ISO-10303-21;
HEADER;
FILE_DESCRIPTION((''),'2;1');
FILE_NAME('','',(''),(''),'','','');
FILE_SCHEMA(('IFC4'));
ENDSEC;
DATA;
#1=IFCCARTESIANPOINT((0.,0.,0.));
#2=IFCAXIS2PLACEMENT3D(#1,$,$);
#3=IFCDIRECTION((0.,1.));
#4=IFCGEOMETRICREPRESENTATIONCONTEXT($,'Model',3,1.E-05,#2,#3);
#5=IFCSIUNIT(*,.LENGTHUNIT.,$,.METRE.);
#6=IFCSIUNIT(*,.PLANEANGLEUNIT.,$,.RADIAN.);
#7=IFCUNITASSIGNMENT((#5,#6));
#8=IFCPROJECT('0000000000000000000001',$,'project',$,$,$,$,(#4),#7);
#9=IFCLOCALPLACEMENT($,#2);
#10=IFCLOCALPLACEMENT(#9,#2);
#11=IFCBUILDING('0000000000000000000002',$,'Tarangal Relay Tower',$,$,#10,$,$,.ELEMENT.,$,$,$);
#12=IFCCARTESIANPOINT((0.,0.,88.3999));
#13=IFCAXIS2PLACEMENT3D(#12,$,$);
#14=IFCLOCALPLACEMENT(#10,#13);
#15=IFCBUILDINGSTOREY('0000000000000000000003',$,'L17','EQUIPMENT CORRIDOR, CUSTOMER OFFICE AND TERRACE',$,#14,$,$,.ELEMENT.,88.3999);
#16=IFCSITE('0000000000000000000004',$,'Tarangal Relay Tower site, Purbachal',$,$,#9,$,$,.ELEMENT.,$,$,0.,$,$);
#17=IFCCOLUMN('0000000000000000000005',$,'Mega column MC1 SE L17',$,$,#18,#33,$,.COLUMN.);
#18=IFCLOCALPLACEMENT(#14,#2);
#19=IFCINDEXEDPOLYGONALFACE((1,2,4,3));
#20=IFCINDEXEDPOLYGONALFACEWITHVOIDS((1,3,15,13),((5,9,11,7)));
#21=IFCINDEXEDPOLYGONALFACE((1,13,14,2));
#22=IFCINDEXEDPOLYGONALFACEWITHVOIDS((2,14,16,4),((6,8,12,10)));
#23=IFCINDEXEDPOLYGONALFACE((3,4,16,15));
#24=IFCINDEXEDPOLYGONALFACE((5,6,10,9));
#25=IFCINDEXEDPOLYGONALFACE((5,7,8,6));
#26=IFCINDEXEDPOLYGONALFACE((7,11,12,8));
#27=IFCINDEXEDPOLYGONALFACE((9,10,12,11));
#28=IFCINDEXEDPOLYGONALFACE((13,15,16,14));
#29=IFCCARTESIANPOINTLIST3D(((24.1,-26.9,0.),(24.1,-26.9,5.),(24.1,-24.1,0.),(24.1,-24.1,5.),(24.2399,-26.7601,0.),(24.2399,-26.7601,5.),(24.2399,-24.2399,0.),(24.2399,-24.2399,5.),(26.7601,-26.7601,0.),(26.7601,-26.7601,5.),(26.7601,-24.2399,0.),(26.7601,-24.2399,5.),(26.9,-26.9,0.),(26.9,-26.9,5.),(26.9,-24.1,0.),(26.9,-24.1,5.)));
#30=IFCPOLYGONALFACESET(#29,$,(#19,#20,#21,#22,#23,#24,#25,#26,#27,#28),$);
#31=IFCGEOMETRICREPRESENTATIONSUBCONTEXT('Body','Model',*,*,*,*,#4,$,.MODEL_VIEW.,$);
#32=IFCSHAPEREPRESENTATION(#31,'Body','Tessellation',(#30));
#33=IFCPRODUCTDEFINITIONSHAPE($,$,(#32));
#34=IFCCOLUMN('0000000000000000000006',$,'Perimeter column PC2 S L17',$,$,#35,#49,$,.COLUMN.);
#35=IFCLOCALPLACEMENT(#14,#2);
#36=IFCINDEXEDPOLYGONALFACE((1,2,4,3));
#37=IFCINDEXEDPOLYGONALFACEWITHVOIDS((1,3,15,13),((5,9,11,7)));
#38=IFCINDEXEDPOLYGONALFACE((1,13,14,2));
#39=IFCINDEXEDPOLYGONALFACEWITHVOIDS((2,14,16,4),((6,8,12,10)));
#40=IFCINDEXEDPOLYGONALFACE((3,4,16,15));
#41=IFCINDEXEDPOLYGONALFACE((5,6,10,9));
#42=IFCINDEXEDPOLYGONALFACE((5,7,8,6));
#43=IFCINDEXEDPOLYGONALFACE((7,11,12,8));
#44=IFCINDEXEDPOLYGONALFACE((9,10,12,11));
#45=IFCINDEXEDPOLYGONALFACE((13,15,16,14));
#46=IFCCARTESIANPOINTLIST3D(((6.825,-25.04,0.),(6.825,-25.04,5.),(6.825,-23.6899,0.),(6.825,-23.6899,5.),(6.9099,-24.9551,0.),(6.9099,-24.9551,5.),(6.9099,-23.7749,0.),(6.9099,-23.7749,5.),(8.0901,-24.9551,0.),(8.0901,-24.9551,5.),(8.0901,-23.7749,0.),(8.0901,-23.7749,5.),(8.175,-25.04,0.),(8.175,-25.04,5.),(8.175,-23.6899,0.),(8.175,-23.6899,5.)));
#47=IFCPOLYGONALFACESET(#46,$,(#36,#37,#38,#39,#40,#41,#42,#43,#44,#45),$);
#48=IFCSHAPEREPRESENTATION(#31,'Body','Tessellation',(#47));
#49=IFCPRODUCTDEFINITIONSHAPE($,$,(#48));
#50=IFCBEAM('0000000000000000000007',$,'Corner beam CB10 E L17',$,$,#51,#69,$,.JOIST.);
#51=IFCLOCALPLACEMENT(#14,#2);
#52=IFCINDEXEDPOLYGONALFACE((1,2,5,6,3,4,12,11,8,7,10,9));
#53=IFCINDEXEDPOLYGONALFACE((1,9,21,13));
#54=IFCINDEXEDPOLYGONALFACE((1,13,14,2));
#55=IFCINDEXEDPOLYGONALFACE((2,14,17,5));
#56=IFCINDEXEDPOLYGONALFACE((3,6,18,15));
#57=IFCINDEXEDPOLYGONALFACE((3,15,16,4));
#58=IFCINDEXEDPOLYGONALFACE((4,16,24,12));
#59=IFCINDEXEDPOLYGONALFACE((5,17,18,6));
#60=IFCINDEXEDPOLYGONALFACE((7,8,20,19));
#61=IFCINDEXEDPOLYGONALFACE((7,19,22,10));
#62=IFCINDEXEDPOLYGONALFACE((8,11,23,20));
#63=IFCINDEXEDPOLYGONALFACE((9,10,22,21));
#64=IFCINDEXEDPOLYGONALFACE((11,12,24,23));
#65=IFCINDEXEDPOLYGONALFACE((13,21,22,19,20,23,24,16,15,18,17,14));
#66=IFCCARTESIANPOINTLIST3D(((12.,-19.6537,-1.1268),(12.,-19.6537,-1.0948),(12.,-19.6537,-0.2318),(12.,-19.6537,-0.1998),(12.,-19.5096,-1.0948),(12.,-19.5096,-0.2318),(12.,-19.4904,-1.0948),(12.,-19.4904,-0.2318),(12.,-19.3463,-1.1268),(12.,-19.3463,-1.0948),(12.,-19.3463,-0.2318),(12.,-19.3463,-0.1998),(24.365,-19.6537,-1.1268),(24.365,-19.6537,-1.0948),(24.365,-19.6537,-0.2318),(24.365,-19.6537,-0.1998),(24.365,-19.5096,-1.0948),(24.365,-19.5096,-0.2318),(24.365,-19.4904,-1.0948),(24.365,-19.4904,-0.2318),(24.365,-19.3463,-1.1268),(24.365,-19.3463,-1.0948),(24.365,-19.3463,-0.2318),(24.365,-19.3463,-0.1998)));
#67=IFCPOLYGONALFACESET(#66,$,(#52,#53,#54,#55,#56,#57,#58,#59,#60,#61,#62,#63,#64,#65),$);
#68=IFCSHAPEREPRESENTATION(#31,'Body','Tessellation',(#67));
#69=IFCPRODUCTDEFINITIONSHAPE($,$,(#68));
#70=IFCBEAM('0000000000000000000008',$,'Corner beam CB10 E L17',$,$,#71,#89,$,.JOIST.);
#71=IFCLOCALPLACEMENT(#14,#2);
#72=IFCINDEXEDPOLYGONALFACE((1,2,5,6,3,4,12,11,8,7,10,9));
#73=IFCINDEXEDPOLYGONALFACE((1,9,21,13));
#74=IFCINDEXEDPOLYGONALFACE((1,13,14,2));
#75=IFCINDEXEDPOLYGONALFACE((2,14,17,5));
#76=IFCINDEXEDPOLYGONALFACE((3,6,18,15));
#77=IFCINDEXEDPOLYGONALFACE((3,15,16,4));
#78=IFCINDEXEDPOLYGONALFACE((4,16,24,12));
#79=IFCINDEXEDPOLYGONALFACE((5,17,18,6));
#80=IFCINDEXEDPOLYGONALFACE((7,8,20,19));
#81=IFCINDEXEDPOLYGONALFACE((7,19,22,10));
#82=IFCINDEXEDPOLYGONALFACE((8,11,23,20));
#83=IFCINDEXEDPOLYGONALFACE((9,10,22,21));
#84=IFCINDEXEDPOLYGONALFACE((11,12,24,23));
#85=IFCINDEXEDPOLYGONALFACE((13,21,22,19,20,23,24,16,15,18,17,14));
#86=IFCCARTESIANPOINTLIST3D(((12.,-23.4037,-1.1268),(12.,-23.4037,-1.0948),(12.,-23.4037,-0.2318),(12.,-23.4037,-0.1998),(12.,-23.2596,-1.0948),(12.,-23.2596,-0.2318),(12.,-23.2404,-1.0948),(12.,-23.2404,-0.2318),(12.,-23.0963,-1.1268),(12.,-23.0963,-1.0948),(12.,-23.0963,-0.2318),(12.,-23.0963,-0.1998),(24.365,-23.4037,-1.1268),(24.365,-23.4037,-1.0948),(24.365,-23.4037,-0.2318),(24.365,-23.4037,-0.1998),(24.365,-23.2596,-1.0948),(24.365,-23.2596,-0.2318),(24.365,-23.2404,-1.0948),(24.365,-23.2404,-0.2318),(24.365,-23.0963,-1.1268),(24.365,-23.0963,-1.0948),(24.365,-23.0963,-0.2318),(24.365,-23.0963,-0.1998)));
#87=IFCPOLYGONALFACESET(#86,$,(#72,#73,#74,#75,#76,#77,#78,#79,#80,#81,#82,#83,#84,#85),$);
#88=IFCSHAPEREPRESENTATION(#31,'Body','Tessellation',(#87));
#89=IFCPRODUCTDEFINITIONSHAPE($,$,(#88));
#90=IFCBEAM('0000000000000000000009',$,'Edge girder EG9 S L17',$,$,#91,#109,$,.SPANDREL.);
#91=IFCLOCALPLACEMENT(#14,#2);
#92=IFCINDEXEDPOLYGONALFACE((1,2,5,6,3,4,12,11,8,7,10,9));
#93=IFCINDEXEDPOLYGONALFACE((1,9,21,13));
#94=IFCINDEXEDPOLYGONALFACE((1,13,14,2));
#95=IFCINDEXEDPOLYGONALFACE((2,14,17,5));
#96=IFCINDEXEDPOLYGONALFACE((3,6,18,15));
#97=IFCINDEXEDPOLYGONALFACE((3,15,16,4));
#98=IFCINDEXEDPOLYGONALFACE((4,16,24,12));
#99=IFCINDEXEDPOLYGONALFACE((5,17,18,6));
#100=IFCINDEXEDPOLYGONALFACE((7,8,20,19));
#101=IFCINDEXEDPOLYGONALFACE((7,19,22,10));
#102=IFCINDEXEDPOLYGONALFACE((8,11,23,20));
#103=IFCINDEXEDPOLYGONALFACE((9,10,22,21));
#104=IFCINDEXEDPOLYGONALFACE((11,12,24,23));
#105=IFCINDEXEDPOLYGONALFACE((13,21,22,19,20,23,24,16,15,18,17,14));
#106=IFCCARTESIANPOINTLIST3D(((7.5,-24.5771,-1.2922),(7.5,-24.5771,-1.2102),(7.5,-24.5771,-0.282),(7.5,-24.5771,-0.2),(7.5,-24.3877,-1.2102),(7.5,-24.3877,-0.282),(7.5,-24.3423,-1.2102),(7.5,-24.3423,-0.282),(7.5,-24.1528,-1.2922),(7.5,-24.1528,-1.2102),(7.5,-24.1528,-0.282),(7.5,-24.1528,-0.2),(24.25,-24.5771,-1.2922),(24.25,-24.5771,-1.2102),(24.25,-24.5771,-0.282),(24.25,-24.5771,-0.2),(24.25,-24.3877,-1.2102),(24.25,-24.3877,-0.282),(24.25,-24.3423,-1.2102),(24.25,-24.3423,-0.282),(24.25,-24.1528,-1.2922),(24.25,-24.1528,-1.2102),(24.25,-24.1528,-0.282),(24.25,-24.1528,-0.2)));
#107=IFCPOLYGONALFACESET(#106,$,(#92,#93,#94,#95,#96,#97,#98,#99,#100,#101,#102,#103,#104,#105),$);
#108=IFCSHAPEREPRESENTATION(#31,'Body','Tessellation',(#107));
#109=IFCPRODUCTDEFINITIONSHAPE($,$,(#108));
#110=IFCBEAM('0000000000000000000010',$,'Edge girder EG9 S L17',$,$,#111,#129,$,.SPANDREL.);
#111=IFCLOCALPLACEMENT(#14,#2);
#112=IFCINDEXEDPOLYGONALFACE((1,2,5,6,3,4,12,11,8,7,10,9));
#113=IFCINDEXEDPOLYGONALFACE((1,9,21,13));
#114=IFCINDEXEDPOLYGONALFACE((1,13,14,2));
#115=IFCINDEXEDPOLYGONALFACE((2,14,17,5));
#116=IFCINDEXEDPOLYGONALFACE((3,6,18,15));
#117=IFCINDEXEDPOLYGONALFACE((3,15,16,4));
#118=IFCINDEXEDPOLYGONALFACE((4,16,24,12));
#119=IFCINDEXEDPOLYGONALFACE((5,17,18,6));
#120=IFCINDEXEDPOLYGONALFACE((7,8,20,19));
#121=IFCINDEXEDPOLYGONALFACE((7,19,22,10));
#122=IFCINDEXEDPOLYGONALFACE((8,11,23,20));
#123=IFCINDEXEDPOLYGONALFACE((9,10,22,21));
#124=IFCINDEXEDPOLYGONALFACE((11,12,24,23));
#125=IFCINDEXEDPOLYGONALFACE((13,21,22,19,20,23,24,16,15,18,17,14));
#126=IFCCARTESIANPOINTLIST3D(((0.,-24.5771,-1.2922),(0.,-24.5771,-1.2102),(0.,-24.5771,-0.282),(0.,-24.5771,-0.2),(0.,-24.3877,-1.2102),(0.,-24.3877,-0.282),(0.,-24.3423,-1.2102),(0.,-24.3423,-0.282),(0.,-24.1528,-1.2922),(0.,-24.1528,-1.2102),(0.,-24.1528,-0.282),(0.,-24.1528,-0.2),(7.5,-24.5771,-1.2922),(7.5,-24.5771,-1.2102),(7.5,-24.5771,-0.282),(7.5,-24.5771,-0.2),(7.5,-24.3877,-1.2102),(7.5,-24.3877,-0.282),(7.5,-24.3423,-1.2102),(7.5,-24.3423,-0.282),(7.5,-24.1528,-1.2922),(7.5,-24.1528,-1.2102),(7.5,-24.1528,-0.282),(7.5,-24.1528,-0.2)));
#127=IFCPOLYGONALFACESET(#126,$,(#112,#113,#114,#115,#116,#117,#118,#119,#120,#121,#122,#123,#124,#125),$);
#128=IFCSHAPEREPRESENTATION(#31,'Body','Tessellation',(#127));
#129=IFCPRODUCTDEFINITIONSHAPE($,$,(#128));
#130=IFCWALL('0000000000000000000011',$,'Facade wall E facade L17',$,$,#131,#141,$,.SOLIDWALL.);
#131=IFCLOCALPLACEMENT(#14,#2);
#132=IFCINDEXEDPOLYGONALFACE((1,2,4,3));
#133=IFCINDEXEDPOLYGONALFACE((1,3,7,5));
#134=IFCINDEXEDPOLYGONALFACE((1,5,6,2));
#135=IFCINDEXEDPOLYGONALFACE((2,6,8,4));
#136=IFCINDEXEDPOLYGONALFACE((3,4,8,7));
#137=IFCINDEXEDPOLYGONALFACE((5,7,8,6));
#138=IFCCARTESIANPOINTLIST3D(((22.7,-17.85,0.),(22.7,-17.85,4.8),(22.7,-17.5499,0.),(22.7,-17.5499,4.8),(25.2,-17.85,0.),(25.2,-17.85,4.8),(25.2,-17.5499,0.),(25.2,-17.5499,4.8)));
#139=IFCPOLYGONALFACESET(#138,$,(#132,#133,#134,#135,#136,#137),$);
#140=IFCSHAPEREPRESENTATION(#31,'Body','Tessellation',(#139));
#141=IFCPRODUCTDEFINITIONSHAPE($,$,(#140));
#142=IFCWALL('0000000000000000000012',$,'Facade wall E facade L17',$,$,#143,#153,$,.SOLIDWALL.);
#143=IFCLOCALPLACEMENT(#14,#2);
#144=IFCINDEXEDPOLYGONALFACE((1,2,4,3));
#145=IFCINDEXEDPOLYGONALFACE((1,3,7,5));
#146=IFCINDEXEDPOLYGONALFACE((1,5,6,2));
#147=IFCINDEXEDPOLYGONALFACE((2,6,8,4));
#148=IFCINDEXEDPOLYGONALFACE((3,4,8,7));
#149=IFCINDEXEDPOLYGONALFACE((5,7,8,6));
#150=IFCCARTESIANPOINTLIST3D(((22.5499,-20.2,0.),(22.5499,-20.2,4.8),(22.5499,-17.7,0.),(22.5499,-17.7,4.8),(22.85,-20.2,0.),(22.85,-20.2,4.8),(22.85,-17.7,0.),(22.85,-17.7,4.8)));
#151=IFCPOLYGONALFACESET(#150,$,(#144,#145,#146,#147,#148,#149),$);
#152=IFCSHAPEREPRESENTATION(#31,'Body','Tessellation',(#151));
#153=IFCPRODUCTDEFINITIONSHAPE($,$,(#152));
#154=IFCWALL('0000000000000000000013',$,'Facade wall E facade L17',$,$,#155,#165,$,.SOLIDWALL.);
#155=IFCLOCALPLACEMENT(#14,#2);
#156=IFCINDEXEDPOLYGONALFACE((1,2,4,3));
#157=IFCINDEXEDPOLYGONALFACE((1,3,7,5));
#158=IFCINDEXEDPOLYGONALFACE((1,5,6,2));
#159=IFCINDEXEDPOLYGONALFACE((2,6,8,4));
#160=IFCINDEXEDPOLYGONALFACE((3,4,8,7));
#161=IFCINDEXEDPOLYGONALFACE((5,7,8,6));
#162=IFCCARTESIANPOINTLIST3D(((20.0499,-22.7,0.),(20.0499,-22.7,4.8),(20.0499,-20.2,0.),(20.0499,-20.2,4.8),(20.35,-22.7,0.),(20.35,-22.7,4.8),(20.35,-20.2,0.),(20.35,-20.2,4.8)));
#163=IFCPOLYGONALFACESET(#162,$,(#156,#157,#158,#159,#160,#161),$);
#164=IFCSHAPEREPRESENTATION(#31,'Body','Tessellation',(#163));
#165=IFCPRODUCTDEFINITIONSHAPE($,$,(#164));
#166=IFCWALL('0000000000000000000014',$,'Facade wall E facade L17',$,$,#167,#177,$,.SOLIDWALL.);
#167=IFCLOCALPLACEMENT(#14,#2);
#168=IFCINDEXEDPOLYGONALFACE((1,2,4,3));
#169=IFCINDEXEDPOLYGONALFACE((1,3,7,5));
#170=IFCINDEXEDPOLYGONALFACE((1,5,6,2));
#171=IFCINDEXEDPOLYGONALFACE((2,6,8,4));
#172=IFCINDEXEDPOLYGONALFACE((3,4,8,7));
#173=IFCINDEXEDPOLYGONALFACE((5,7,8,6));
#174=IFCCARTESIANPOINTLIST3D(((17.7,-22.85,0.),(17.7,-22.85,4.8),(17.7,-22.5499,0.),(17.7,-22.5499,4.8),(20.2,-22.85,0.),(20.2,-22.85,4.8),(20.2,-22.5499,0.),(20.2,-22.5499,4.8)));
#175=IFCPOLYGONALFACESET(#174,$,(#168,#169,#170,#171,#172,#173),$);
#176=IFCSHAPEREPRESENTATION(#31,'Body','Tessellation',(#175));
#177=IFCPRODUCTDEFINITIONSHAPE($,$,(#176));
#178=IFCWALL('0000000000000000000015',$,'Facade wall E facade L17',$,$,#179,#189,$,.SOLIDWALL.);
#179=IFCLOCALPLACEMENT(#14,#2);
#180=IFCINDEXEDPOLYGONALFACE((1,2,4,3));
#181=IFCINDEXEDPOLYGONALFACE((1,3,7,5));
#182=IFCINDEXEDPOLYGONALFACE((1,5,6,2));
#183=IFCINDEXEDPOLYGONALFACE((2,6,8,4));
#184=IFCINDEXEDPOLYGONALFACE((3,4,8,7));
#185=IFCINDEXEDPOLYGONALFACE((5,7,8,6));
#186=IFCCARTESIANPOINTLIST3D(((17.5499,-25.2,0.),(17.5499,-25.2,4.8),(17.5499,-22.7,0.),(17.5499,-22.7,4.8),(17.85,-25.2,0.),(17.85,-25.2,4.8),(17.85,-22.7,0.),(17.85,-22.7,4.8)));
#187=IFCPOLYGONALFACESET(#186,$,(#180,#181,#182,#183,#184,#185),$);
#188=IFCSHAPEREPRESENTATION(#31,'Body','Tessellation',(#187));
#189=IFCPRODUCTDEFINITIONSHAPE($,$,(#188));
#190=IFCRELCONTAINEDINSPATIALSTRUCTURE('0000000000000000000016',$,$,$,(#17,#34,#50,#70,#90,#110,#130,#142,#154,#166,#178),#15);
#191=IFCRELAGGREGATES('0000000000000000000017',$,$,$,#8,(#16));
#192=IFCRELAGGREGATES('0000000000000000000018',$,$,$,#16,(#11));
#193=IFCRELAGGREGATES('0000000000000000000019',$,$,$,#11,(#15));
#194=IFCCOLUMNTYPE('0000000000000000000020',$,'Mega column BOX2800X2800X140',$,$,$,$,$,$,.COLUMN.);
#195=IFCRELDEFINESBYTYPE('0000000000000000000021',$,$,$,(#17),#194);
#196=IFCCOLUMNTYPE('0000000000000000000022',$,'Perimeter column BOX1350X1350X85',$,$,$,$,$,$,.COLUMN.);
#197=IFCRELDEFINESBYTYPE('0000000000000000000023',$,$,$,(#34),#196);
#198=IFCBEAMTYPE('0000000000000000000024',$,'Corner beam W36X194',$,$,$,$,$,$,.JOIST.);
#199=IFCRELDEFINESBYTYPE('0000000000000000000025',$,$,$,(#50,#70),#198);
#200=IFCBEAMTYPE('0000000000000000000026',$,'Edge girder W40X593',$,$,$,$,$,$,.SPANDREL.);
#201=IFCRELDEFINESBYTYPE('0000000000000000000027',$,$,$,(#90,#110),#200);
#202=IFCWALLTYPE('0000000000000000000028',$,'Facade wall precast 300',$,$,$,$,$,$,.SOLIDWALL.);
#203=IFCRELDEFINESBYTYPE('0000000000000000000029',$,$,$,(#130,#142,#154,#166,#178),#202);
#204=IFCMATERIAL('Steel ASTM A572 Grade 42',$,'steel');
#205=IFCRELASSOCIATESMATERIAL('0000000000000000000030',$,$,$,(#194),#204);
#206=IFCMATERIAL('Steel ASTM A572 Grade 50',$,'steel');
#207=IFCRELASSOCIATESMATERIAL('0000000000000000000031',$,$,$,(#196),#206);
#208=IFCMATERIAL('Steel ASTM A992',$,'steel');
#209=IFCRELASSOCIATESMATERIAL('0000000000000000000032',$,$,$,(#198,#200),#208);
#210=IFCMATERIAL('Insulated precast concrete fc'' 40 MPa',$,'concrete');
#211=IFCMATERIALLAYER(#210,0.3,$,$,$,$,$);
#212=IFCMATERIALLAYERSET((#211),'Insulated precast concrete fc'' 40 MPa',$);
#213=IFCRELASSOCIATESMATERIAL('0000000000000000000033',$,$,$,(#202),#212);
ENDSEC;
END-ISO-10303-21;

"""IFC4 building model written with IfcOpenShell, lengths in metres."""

from ifc_helpers import new_model, si_unit, direction, frame, frame_2d, origin, origin_2d, place, context, subcontext, project, spatial, rectangle, hollow_rectangle, i_section, extrude, material, layer, layer_set, material_profile, profile_set, type_object, element, save


model = new_model("IFC4")

# Units and contexts
model_context = context("Model", 3, precision=1e-05, world=origin(), true_north=direction((0.0, 1.0)))
body_context = subcontext(model_context, "Body", "Model", "MODEL_VIEW")
ifc_project = project(units=[si_unit("LENGTHUNIT", "METRE"), si_unit("PLANEANGLEUNIT", "RADIAN")], contexts=[model_context])

# Site, building, storey
site_placement = place(None, origin())
site = spatial("IfcSite", under=ifc_project, at=site_placement, Name="Tarangal Relay Tower site, Purbachal", CompositionType="ELEMENT", RefElevation=0.0)
building_placement = place(site_placement, origin())
building = spatial("IfcBuilding", under=site, at=building_placement, Name="Tarangal Relay Tower", CompositionType="ELEMENT")
storey_placement = place(building_placement, frame((0.0, 0.0, 88.3999)))
storey = spatial("IfcBuildingStorey", under=building, at=storey_placement, Name="L17", Description="EQUIPMENT CORRIDOR, CUSTOMER OFFICE AND TERRACE", CompositionType="ELEMENT", Elevation=88.3999)

# Columns
ifc_material_1 = material(Name="Steel ASTM A572 Grade 42", Category="steel")
ifc_material_profile_1 = material_profile(ifc_material_1, hollow_rectangle(XDim=2.8, YDim=2.8, WallThickness=0.1399, at=origin_2d()), Name="BOX2800X2800X140")
ifc_profile_set_1 = profile_set([ifc_material_profile_1], Name="Steel ASTM A572 Grade 42")
column_type_1 = type_object("IfcColumnType", Name="Mega column BOX2800X2800X140", PredefinedType="COLUMN", material=ifc_profile_set_1)
column_1_placement = place(storey_placement, frame((25.5, -25.5, 0.0), z_axis=(0.0, 0.0, 1.0), x_axis=(1.0, 0.0, 0.0)))
element("IfcColumn", 1, at=column_1_placement, inside=storey, type_object=column_type_1, Name="Mega column MC1 SE L17", PredefinedType="COLUMN", context=body_context, shape_type="SweptSolid", body=[
    extrude(hollow_rectangle(XDim=2.8, YDim=2.8, WallThickness=0.1399, at=origin_2d()), origin(), (0.0, 0.0, 1.0), 5.0),
])
ifc_material_2 = material(Name="Steel ASTM A572 Grade 50", Category="steel")
ifc_material_profile_2 = material_profile(ifc_material_2, hollow_rectangle(XDim=1.3501, YDim=1.3501, WallThickness=0.085, at=origin_2d()), Name="BOX1350X1350X85")
ifc_profile_set_2 = profile_set([ifc_material_profile_2], Name="Steel ASTM A572 Grade 50")
column_type_2 = type_object("IfcColumnType", Name="Perimeter column BOX1350X1350X85", PredefinedType="COLUMN", material=ifc_profile_set_2)
column_2_placement = place(storey_placement, frame((7.5, -24.365, 0.0), z_axis=(0.0, 0.0, 1.0), x_axis=(1.0, 0.0, 0.0)))
element("IfcColumn", 2, at=column_2_placement, inside=storey, type_object=column_type_2, Name="Perimeter column PC2 S L17", PredefinedType="COLUMN", context=body_context, shape_type="SweptSolid", body=[
    extrude(hollow_rectangle(XDim=1.3501, YDim=1.3501, WallThickness=0.085, at=origin_2d()), origin(), (0.0, 0.0, 1.0), 5.0),
])

# Beams
ifc_material_3 = material(Name="Steel ASTM A992", Category="steel")
ifc_material_profile_3 = material_profile(ifc_material_3, i_section(OverallWidth=0.3074, OverallDepth=0.927, WebThickness=0.0193, FlangeThickness=0.032, at=origin_2d()), Name="W36X194")
ifc_profile_set_3 = profile_set([ifc_material_profile_3], Name="Steel ASTM A992")
beam_type_1 = type_object("IfcBeamType", Name="Corner beam W36X194", PredefinedType="JOIST", material=ifc_profile_set_3)
for number, where, z_axis, x_axis, name in (
    (3, (12.0, -19.5, -0.6633), (1.0, 0.0, 0.0), (0.0, 1.0, 0.0), "Corner beam CB10 E L17"),
    (4, (12.0, -23.25, -0.6633), (1.0, 0.0, 0.0), (0.0, 1.0, 0.0), "Corner beam CB10 E L17"),
):
    element("IfcBeam", number, at=place(storey_placement, frame(where, z_axis=z_axis, x_axis=x_axis)), inside=storey, type_object=beam_type_1, Name=name, PredefinedType="JOIST", context=body_context, shape_type="SweptSolid", body=[
        extrude(i_section(OverallWidth=0.3074, OverallDepth=0.927, WebThickness=0.0193, FlangeThickness=0.032, at=origin_2d()), origin(), (0.0, 0.0, 1.0), 12.365),
    ])
ifc_material_profile_4 = material_profile(ifc_material_3, i_section(OverallWidth=0.4243, OverallDepth=1.0923, WebThickness=0.0454, FlangeThickness=0.082, at=origin_2d()), Name="W40X593")
ifc_profile_set_4 = profile_set([ifc_material_profile_4], Name="Steel ASTM A992")
beam_type_2 = type_object("IfcBeamType", Name="Edge girder W40X593", PredefinedType="SPANDREL", material=ifc_profile_set_4)
beam_1_placement = place(storey_placement, frame((24.25, -24.365, -0.7461), z_axis=(-1.0, 0.0, 0.0), x_axis=(0.0, -1.0, 0.0)))
element("IfcBeam", 5, at=beam_1_placement, inside=storey, type_object=beam_type_2, Name="Edge girder EG9 S L17", PredefinedType="SPANDREL", context=body_context, shape_type="SweptSolid", body=[
    extrude(i_section(OverallWidth=0.4243, OverallDepth=1.0923, WebThickness=0.0454, FlangeThickness=0.082, at=origin_2d()), origin(), (0.0, 0.0, 1.0), 16.75),
])
beam_2_placement = place(storey_placement, frame((7.5, -24.365, -0.7461), z_axis=(-1.0, 0.0, 0.0), x_axis=(0.0, -1.0, 0.0)))
element("IfcBeam", 6, at=beam_2_placement, inside=storey, type_object=beam_type_2, Name="Edge girder EG9 S L17", PredefinedType="SPANDREL", context=body_context, shape_type="SweptSolid", body=[
    extrude(i_section(OverallWidth=0.4243, OverallDepth=1.0923, WebThickness=0.0454, FlangeThickness=0.082, at=origin_2d()), origin(), (0.0, 0.0, 1.0), 7.5),
])

# Walls
ifc_material_4 = material(Name="Insulated precast concrete fc' 40 MPa", Category="concrete")
ifc_layer_1 = layer(ifc_material_4, 0.3)
ifc_layer_set_1 = layer_set([ifc_layer_1], Name="Insulated precast concrete fc' 40 MPa")
wall_type_1 = type_object("IfcWallType", Name="Facade wall precast 300", PredefinedType="SOLIDWALL", material=ifc_layer_set_1)
for number, where, z_axis, x_axis, name in (
    (7, (25.2, -17.7, 0.0), (0.0, 0.0, 1.0), (-1.0, 0.0, 0.0), "Facade wall E facade L17"),
    (8, (22.7, -17.7, 0.0), (0.0, 0.0, 1.0), (0.0, -1.0, 0.0), "Facade wall E facade L17"),
):
    element("IfcWall", number, at=place(storey_placement, frame(where, z_axis=z_axis, x_axis=x_axis)), inside=storey, type_object=wall_type_1, Name=name, PredefinedType="SOLIDWALL", context=body_context, shape_type="SweptSolid", body=[
        extrude(rectangle(XDim=2.5, YDim=0.3, at=frame_2d((1.25, 0.0))), origin(), (0.0, 0.0, 1.0), 4.8),
    ])

# Walls
for number, where, z_axis, x_axis, name in (
    (9, (20.2, -20.2, 0.0), (0.0, 0.0, 1.0), (0.0, -1.0, 0.0), "Facade wall E facade L17"),
    (10, (20.2, -22.7, 0.0), (0.0, 0.0, 1.0), (-1.0, 0.0, 0.0), "Facade wall E facade L17"),
    (11, (17.7, -22.7, 0.0), (0.0, 0.0, 1.0), (0.0, -1.0, 0.0), "Facade wall E facade L17"),
):
    element("IfcWall", number, at=place(storey_placement, frame(where, z_axis=z_axis, x_axis=x_axis)), inside=storey, type_object=wall_type_1, Name=name, PredefinedType="SOLIDWALL", context=body_context, shape_type="SweptSolid", body=[
        extrude(rectangle(XDim=2.5, YDim=0.3, at=frame_2d((1.25, 0.0))), origin(), (0.0, 0.0, 1.0), 4.8),
    ])

save(model, "model.ifc")
